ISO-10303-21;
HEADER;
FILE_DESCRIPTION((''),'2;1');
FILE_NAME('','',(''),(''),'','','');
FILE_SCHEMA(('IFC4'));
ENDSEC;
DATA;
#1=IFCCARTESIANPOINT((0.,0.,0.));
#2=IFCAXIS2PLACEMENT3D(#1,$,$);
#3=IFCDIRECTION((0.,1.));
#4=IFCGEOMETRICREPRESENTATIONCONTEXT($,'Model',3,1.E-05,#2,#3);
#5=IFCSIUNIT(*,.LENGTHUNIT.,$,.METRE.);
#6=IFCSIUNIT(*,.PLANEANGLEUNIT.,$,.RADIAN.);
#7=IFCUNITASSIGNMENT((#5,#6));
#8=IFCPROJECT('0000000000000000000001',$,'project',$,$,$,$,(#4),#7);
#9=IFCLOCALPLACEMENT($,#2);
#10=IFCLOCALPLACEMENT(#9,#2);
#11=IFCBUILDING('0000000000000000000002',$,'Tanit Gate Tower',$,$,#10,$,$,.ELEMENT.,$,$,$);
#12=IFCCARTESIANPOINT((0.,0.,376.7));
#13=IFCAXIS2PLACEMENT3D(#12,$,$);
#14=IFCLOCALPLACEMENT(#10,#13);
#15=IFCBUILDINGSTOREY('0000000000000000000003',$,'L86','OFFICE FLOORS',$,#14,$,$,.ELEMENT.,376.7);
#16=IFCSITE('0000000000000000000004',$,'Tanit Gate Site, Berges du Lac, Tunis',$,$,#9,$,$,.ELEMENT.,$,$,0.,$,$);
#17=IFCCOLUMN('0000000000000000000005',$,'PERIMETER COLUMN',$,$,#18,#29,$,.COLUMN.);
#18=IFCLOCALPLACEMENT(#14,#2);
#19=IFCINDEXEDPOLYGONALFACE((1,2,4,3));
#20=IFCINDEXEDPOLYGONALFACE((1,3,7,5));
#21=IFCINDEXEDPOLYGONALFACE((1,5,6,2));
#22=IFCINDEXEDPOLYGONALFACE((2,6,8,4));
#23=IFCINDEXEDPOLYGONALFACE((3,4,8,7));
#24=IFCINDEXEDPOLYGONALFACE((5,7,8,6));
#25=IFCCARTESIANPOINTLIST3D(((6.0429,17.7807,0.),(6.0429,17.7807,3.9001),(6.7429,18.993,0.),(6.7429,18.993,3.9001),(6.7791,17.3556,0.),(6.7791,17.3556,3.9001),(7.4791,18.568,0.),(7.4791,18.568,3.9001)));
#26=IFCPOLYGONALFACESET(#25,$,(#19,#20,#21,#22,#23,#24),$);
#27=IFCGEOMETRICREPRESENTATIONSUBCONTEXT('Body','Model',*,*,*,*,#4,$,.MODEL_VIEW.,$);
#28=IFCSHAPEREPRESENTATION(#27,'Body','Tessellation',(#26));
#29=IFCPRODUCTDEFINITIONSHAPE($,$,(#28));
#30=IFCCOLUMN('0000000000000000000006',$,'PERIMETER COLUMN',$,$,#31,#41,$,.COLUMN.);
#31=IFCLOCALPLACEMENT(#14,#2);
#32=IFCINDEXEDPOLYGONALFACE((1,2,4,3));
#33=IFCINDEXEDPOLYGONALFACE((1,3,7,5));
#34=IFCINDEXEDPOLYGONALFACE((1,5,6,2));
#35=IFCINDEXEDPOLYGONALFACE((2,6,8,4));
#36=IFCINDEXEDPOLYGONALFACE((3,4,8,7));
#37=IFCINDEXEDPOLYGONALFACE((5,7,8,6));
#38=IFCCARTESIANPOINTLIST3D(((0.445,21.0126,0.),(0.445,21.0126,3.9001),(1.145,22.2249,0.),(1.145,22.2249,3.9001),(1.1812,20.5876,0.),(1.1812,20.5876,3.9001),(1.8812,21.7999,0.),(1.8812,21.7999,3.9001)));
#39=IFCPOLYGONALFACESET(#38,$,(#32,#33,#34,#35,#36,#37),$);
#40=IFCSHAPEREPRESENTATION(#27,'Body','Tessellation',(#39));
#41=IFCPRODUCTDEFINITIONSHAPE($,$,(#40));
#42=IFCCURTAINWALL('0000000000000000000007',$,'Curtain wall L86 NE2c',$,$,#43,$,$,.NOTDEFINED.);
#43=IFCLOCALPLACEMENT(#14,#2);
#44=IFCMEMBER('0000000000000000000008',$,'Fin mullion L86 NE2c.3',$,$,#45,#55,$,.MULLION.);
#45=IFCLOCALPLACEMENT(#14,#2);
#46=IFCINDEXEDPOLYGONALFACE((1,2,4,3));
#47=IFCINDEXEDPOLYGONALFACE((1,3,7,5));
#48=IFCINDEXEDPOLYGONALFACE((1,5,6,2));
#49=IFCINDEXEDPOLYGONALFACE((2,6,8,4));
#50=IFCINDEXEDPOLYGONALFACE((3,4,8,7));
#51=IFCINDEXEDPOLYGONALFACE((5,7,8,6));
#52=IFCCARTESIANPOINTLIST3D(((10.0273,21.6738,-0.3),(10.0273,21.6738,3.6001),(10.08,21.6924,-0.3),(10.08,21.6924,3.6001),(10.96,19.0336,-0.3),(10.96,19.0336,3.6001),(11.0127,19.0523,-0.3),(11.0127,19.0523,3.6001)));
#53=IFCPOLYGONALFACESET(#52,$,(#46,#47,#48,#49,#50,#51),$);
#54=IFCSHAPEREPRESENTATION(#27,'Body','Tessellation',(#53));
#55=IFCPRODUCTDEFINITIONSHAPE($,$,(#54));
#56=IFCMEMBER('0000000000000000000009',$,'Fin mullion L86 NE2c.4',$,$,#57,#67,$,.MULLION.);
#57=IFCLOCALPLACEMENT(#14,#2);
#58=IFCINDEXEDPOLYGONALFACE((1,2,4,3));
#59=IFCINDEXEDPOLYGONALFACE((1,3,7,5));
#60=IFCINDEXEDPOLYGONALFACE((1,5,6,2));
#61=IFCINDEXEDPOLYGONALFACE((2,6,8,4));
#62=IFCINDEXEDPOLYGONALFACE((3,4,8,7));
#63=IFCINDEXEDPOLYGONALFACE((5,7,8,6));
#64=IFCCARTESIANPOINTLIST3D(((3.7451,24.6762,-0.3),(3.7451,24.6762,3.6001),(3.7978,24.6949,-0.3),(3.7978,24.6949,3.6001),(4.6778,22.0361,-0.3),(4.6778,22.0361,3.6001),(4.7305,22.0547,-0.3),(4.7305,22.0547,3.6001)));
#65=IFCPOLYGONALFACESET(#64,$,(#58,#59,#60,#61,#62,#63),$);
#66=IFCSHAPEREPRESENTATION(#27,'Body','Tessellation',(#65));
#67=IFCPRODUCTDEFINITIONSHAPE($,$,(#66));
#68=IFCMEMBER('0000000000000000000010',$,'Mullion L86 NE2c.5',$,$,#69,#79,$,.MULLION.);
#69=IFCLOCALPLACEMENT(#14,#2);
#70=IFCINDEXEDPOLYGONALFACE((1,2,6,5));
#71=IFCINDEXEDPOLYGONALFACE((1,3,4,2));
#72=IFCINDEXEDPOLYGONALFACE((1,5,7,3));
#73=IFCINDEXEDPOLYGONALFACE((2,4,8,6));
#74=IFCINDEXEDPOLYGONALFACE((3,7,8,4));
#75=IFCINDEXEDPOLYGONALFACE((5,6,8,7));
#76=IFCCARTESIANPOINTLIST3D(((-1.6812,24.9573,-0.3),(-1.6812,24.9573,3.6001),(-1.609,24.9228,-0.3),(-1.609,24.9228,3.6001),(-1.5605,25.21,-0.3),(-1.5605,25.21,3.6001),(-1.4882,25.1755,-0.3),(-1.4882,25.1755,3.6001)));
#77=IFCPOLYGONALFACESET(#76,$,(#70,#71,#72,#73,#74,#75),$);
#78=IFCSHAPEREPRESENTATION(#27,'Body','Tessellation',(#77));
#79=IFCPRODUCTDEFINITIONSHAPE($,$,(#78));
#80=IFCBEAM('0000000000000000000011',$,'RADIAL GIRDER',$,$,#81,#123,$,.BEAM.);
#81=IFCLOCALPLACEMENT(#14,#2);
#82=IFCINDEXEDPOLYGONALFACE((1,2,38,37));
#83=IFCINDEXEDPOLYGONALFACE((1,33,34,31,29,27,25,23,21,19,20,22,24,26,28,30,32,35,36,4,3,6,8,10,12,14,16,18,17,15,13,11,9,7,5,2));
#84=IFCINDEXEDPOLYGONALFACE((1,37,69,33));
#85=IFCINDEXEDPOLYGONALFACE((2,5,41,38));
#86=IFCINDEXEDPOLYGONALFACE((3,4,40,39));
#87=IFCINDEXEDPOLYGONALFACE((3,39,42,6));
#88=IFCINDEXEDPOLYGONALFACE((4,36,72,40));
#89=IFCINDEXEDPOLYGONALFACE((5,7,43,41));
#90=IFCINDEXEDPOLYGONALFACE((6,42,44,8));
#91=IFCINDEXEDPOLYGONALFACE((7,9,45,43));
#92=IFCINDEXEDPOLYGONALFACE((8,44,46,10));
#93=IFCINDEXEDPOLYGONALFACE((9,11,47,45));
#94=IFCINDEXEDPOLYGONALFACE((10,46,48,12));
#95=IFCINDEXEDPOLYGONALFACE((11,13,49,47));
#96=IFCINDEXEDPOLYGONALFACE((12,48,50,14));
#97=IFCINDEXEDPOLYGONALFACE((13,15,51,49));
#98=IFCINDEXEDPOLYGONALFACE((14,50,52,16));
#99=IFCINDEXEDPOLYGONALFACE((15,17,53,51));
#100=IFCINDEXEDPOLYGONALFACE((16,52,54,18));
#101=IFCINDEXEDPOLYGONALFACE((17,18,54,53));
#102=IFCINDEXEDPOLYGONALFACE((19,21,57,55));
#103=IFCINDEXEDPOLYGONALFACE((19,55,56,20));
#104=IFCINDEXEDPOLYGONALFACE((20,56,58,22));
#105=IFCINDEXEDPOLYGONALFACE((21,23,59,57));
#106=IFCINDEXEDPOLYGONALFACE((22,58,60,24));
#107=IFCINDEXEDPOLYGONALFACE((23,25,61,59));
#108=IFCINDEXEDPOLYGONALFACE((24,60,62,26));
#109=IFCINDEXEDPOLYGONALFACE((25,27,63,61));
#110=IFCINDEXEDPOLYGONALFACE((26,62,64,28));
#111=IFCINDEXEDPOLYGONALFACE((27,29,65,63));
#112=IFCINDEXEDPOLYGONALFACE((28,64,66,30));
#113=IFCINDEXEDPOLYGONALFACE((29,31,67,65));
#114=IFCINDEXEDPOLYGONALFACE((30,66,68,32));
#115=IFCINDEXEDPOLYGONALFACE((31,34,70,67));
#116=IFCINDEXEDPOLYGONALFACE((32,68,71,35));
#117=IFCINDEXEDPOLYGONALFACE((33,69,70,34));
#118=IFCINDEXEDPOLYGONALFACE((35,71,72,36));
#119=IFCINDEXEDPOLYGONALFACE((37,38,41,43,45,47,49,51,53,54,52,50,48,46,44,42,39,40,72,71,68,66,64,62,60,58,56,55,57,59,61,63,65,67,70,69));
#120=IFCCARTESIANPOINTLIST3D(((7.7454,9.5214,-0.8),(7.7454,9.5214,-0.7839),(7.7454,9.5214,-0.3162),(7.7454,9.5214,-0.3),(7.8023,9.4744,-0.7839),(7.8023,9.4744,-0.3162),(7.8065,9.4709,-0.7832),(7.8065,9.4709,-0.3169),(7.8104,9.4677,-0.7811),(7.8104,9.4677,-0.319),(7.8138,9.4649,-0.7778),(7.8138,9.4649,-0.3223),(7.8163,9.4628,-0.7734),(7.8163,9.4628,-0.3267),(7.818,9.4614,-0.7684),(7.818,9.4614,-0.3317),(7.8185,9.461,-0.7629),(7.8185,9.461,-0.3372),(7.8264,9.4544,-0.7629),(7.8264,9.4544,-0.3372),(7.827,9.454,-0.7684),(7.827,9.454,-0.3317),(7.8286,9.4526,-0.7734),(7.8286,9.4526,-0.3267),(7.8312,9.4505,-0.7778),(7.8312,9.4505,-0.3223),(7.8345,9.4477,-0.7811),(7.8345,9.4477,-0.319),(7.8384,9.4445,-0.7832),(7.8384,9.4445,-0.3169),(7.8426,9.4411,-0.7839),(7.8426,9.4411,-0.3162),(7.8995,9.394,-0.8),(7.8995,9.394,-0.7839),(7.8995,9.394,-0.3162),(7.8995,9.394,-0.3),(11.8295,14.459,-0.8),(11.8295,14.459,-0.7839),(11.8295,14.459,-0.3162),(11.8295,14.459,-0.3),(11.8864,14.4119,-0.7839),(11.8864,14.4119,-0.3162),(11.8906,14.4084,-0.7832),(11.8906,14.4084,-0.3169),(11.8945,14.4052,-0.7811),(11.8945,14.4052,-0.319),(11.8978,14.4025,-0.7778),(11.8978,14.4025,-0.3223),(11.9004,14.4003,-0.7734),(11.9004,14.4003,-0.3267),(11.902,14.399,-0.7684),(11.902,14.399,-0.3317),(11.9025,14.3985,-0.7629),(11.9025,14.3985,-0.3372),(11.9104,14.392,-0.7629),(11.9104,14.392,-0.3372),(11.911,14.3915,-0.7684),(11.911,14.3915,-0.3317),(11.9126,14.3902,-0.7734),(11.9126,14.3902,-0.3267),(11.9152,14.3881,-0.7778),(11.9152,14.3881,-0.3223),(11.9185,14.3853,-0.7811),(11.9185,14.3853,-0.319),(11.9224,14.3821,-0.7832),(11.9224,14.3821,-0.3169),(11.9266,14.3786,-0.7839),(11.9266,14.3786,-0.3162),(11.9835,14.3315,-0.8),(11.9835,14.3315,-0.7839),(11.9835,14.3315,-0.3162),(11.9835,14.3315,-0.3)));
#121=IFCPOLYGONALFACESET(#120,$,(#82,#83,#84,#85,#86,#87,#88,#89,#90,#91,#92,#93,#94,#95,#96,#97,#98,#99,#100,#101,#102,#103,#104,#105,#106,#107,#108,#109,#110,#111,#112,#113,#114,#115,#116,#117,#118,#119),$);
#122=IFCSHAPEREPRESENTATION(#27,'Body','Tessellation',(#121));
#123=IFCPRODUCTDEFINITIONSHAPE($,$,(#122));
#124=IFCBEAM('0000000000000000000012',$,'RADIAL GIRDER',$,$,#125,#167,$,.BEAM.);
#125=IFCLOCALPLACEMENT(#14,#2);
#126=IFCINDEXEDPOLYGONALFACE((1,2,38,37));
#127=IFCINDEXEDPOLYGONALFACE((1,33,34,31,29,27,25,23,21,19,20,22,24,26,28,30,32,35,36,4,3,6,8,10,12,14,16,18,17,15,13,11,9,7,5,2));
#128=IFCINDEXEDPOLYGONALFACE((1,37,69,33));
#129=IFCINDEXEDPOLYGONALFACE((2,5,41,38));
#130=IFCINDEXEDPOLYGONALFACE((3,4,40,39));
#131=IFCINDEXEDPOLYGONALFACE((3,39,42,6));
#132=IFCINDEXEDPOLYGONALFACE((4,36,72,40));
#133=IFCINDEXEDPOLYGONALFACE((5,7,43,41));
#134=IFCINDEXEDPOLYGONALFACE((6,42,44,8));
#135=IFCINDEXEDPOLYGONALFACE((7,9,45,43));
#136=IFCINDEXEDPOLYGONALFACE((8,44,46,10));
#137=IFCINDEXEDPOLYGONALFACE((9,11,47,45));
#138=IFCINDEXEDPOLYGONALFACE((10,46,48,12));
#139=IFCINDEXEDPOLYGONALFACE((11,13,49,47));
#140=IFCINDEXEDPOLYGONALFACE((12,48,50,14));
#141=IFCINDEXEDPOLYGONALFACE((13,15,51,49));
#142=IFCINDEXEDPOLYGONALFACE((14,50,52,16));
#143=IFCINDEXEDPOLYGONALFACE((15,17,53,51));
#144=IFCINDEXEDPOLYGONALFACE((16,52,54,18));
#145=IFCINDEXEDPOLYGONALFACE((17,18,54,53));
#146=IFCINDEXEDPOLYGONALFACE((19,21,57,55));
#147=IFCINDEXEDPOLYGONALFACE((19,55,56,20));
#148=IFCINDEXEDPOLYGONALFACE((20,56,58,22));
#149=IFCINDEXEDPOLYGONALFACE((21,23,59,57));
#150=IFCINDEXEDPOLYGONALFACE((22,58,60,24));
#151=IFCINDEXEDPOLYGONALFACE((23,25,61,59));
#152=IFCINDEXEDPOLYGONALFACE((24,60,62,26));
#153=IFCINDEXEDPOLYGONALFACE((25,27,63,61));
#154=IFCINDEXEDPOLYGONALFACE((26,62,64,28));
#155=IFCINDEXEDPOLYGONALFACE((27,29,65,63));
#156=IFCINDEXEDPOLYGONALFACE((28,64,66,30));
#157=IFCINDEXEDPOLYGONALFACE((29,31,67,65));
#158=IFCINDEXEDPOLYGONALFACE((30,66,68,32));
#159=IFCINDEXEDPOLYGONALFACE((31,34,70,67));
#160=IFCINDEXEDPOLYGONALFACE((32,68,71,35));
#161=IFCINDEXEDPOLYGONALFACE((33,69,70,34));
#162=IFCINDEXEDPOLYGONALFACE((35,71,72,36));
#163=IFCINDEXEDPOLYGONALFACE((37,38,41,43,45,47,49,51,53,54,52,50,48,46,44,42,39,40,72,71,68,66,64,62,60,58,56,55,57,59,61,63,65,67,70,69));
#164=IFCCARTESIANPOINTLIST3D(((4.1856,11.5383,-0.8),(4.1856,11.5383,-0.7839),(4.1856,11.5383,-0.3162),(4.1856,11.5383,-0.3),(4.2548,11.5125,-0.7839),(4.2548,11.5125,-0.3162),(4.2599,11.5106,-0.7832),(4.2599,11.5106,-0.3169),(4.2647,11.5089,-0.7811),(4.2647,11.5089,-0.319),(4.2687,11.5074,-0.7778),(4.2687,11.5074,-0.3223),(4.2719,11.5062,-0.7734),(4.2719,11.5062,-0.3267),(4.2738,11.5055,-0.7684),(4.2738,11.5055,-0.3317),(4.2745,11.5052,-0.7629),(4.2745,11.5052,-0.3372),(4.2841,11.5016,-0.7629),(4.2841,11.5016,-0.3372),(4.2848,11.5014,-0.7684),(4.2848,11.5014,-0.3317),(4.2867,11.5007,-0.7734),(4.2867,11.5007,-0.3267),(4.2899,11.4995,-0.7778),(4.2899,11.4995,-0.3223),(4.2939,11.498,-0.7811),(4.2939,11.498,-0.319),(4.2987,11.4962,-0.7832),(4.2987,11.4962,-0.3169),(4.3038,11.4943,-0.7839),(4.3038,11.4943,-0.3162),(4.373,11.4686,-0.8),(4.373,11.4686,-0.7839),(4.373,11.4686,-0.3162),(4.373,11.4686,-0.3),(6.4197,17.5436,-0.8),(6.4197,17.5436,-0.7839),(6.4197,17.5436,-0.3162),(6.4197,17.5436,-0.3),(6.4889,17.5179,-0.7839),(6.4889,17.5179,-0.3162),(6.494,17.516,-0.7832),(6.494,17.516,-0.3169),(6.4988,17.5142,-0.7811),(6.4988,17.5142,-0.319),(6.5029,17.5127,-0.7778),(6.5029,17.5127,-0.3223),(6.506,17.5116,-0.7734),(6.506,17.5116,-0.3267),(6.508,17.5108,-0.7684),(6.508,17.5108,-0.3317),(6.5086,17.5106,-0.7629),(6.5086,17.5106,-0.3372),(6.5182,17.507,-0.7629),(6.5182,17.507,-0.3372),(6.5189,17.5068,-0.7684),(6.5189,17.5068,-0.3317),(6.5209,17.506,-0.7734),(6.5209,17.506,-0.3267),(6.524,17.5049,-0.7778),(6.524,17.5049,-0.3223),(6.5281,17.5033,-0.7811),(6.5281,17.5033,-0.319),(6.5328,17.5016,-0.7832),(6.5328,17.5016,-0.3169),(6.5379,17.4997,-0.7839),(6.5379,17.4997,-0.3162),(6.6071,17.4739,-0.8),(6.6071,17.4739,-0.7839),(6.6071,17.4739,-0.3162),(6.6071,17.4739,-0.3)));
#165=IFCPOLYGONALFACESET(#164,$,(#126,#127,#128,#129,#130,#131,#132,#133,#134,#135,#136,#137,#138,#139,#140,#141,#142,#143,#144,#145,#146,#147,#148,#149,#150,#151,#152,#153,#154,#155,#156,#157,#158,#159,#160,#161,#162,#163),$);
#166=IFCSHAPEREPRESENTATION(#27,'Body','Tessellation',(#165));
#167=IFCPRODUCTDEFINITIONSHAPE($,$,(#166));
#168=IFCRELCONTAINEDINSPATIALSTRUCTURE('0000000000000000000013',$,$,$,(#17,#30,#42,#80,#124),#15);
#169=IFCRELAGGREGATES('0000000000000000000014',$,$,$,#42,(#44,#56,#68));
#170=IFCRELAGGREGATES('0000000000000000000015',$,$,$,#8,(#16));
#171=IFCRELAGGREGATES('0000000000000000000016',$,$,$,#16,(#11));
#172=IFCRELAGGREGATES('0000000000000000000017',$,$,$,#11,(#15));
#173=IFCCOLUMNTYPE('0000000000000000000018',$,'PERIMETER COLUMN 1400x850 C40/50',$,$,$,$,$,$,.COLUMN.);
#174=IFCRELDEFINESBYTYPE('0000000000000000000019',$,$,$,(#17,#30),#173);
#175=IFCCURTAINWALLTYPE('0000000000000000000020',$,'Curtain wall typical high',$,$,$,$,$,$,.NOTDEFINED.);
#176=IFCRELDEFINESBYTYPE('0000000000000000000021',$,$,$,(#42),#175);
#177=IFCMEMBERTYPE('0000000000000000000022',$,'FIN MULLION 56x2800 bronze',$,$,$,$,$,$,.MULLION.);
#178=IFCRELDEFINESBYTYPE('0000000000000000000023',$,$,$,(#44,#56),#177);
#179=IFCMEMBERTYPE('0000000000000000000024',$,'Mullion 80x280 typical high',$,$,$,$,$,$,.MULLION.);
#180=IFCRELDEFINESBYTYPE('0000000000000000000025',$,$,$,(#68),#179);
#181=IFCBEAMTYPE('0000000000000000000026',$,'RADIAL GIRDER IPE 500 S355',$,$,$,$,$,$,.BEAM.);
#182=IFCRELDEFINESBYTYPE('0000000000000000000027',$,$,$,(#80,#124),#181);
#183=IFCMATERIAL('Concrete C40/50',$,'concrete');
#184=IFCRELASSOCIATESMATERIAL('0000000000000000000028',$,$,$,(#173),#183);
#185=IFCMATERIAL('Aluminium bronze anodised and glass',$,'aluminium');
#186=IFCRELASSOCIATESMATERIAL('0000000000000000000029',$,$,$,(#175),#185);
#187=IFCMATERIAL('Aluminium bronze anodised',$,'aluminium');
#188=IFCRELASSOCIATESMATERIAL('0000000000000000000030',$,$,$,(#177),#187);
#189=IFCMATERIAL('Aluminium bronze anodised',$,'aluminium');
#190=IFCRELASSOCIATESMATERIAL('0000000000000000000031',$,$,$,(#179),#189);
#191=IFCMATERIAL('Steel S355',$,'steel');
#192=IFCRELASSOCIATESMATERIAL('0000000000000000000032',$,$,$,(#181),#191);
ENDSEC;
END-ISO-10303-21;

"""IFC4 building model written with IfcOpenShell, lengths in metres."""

from ifc_helpers import new_model, si_unit, direction, frame, origin, origin_2d, place, context, subcontext, project, spatial, rectangle, i_section, extrude, material, material_profile, profile_set, type_object, element, aggregate, save


model = new_model("IFC4")

# Units and contexts
model_context = context("Model", 3, precision=1e-05, world=origin(), true_north=direction((0.0, 1.0)))
body_context = subcontext(model_context, "Body", "Model", "MODEL_VIEW")
ifc_project = project(units=[si_unit("LENGTHUNIT", "METRE"), si_unit("PLANEANGLEUNIT", "RADIAN")], contexts=[model_context])

# Site, building, storey
site_placement = place(None, origin())
site = spatial("IfcSite", under=ifc_project, at=site_placement, Name="Tanit Gate Site, Berges du Lac, Tunis", CompositionType="ELEMENT", RefElevation=0.0)
building_placement = place(site_placement, origin())
building = spatial("IfcBuilding", under=site, at=building_placement, Name="Tanit Gate Tower", CompositionType="ELEMENT")
storey_placement = place(building_placement, frame((0.0, 0.0, 376.7)))
storey = spatial("IfcBuildingStorey", under=building, at=storey_placement, Name="L86", Description="OFFICE FLOORS", CompositionType="ELEMENT", Elevation=376.7)

# Columns
ifc_material_1 = material(Name="Concrete C40/50", Category="concrete")
ifc_material_profile_1 = material_profile(ifc_material_1, rectangle(XDim=1.3999, YDim=0.8501, at=origin_2d()), Name="RC 1400x850")
ifc_profile_set_1 = profile_set([ifc_material_profile_1], Name="Concrete C40/50")
column_type = type_object("IfcColumnType", Name="PERIMETER COLUMN 1400x850 C40/50", PredefinedType="COLUMN", material=ifc_profile_set_1)
for number, where, z_axis, x_axis, name in (
    (1, (6.761, 18.1743, 0.0), (0.0, 0.0, 1.0), (0.5, 0.866025, 0.0), "PERIMETER COLUMN"),
    (2, (1.1631, 21.4062, 0.0), (0.0, 0.0, 1.0), (0.5, 0.866025, 0.0), "PERIMETER COLUMN"),
):
    element("IfcColumn", number, at=place(storey_placement, frame(where, z_axis=z_axis, x_axis=x_axis)), inside=storey, type_object=column_type, Name=name, PredefinedType="COLUMN", context=body_context, shape_type="SweptSolid", body=[
        extrude(rectangle(XDim=1.3999, YDim=0.8501, at=origin_2d()), origin(), (0.0, 0.0, 1.0), 3.9001),
    ])

# Curtain wall, members
ifc_material_2 = material(Name="Aluminium bronze anodised and glass", Category="aluminium")
curtain_wall_type = type_object("IfcCurtainWallType", Name="Curtain wall typical high", PredefinedType="NOTDEFINED", material=ifc_material_2)
curtain_wall_placement = place(storey_placement, origin())
curtain_wall = element("IfcCurtainWall", 3, at=curtain_wall_placement, inside=storey, type_object=curtain_wall_type, Name="Curtain wall L86 NE2c", PredefinedType="NOTDEFINED")
ifc_material_3 = material(Name="Aluminium bronze anodised", Category="aluminium")
ifc_material_profile_2 = material_profile(ifc_material_3, rectangle(XDim=2.8, YDim=0.0559, at=origin_2d()), Name="56x2800 bronze fin mullion")
ifc_profile_set_2 = profile_set([ifc_material_profile_2], Name="Aluminium bronze anodised")
member_type_1 = type_object("IfcMemberType", Name="FIN MULLION 56x2800 bronze", PredefinedType="MULLION", material=ifc_profile_set_2)
member_1_placement = place(storey_placement, frame((10.52, 20.363, -0.3), z_axis=(0.0, 0.0, 1.0), x_axis=(0.33309, -0.942895, 0.0)))
member_1 = element("IfcMember", 4, at=member_1_placement, type_object=member_type_1, Name="Fin mullion L86 NE2c.3", PredefinedType="MULLION", context=body_context, shape_type="SweptSolid", body=[
    extrude(rectangle(XDim=2.8, YDim=0.0559, at=origin_2d()), origin(), (0.0, 0.0, 1.0), 3.9001),
])
member_2_placement = place(storey_placement, frame((4.2378, 23.3655, -0.3), z_axis=(0.0, 0.0, 1.0), x_axis=(0.33309, -0.942895, 0.0)))
member_2 = element("IfcMember", 5, at=member_2_placement, type_object=member_type_1, Name="Fin mullion L86 NE2c.4", PredefinedType="MULLION", context=body_context, shape_type="SweptSolid", body=[
    extrude(rectangle(XDim=2.8, YDim=0.0559, at=origin_2d()), origin(), (0.0, 0.0, 1.0), 3.9001),
])
ifc_material_4 = material(Name="Aluminium bronze anodised", Category="aluminium")
ifc_material_profile_3 = material_profile(ifc_material_4, rectangle(XDim=0.28, YDim=0.0801, at=origin_2d()), Name="80x280 bronze mullion")
ifc_profile_set_3 = profile_set([ifc_material_profile_3], Name="Aluminium bronze anodised")
member_type_2 = type_object("IfcMemberType", Name="Mullion 80x280 typical high", PredefinedType="MULLION", material=ifc_profile_set_3)
member_3_placement = place(storey_placement, frame((-1.5847, 25.0664, -0.3), z_axis=(0.0, 0.0, 1.0), x_axis=(-0.431197, -0.902258, 0.0)))
member_3 = element("IfcMember", 6, at=member_3_placement, type_object=member_type_2, Name="Mullion L86 NE2c.5", PredefinedType="MULLION", context=body_context, shape_type="SweptSolid", body=[
    extrude(rectangle(XDim=0.28, YDim=0.0801, at=origin_2d()), origin(), (0.0, 0.0, 1.0), 3.9001),
])

# Beams
ifc_material_5 = material(Name="Steel S355", Category="steel")
ifc_material_profile_4 = material_profile(ifc_material_5, i_section(OverallWidth=0.2, OverallDepth=0.5, WebThickness=0.0103, FlangeThickness=0.0161, FilletRadius=0.021, at=origin_2d()), Name="IPE 500")
ifc_profile_set_4 = profile_set([ifc_material_profile_4], Name="Steel S355")
beam_type = type_object("IfcBeamType", Name="RADIAL GIRDER IPE 500 S355", PredefinedType="BEAM", material=ifc_profile_set_4)
beam_1_placement = place(storey_placement, frame((11.9065, 14.3953, -0.55), z_axis=(-0.637362, -0.770565, 0.0), x_axis=(0.770565, -0.637362, 0.0)))
element("IfcBeam", 7, at=beam_1_placement, inside=storey, type_object=beam_type, Name="RADIAL GIRDER", PredefinedType="BEAM", context=body_context, shape_type="SweptSolid", body=[
    extrude(i_section(OverallWidth=0.2, OverallDepth=0.5, WebThickness=0.0103, FlangeThickness=0.0161, FilletRadius=0.021, at=origin_2d()), origin(), (0.0, 0.0, 1.0), 6.4077),
])
beam_2_placement = place(storey_placement, frame((6.5134, 17.5088, -0.55), z_axis=(-0.348675, -0.937244, 0.0), x_axis=(0.937244, -0.348675, 0.0)))
element("IfcBeam", 8, at=beam_2_placement, inside=storey, type_object=beam_type, Name="RADIAL GIRDER", PredefinedType="BEAM", context=body_context, shape_type="SweptSolid", body=[
    extrude(i_section(OverallWidth=0.2, OverallDepth=0.5, WebThickness=0.0103, FlangeThickness=0.0161, FilletRadius=0.021, at=origin_2d()), origin(), (0.0, 0.0, 1.0), 6.4075),
])

aggregate(curtain_wall, [member_1, member_2, member_3])

save(model, "model.ifc")
